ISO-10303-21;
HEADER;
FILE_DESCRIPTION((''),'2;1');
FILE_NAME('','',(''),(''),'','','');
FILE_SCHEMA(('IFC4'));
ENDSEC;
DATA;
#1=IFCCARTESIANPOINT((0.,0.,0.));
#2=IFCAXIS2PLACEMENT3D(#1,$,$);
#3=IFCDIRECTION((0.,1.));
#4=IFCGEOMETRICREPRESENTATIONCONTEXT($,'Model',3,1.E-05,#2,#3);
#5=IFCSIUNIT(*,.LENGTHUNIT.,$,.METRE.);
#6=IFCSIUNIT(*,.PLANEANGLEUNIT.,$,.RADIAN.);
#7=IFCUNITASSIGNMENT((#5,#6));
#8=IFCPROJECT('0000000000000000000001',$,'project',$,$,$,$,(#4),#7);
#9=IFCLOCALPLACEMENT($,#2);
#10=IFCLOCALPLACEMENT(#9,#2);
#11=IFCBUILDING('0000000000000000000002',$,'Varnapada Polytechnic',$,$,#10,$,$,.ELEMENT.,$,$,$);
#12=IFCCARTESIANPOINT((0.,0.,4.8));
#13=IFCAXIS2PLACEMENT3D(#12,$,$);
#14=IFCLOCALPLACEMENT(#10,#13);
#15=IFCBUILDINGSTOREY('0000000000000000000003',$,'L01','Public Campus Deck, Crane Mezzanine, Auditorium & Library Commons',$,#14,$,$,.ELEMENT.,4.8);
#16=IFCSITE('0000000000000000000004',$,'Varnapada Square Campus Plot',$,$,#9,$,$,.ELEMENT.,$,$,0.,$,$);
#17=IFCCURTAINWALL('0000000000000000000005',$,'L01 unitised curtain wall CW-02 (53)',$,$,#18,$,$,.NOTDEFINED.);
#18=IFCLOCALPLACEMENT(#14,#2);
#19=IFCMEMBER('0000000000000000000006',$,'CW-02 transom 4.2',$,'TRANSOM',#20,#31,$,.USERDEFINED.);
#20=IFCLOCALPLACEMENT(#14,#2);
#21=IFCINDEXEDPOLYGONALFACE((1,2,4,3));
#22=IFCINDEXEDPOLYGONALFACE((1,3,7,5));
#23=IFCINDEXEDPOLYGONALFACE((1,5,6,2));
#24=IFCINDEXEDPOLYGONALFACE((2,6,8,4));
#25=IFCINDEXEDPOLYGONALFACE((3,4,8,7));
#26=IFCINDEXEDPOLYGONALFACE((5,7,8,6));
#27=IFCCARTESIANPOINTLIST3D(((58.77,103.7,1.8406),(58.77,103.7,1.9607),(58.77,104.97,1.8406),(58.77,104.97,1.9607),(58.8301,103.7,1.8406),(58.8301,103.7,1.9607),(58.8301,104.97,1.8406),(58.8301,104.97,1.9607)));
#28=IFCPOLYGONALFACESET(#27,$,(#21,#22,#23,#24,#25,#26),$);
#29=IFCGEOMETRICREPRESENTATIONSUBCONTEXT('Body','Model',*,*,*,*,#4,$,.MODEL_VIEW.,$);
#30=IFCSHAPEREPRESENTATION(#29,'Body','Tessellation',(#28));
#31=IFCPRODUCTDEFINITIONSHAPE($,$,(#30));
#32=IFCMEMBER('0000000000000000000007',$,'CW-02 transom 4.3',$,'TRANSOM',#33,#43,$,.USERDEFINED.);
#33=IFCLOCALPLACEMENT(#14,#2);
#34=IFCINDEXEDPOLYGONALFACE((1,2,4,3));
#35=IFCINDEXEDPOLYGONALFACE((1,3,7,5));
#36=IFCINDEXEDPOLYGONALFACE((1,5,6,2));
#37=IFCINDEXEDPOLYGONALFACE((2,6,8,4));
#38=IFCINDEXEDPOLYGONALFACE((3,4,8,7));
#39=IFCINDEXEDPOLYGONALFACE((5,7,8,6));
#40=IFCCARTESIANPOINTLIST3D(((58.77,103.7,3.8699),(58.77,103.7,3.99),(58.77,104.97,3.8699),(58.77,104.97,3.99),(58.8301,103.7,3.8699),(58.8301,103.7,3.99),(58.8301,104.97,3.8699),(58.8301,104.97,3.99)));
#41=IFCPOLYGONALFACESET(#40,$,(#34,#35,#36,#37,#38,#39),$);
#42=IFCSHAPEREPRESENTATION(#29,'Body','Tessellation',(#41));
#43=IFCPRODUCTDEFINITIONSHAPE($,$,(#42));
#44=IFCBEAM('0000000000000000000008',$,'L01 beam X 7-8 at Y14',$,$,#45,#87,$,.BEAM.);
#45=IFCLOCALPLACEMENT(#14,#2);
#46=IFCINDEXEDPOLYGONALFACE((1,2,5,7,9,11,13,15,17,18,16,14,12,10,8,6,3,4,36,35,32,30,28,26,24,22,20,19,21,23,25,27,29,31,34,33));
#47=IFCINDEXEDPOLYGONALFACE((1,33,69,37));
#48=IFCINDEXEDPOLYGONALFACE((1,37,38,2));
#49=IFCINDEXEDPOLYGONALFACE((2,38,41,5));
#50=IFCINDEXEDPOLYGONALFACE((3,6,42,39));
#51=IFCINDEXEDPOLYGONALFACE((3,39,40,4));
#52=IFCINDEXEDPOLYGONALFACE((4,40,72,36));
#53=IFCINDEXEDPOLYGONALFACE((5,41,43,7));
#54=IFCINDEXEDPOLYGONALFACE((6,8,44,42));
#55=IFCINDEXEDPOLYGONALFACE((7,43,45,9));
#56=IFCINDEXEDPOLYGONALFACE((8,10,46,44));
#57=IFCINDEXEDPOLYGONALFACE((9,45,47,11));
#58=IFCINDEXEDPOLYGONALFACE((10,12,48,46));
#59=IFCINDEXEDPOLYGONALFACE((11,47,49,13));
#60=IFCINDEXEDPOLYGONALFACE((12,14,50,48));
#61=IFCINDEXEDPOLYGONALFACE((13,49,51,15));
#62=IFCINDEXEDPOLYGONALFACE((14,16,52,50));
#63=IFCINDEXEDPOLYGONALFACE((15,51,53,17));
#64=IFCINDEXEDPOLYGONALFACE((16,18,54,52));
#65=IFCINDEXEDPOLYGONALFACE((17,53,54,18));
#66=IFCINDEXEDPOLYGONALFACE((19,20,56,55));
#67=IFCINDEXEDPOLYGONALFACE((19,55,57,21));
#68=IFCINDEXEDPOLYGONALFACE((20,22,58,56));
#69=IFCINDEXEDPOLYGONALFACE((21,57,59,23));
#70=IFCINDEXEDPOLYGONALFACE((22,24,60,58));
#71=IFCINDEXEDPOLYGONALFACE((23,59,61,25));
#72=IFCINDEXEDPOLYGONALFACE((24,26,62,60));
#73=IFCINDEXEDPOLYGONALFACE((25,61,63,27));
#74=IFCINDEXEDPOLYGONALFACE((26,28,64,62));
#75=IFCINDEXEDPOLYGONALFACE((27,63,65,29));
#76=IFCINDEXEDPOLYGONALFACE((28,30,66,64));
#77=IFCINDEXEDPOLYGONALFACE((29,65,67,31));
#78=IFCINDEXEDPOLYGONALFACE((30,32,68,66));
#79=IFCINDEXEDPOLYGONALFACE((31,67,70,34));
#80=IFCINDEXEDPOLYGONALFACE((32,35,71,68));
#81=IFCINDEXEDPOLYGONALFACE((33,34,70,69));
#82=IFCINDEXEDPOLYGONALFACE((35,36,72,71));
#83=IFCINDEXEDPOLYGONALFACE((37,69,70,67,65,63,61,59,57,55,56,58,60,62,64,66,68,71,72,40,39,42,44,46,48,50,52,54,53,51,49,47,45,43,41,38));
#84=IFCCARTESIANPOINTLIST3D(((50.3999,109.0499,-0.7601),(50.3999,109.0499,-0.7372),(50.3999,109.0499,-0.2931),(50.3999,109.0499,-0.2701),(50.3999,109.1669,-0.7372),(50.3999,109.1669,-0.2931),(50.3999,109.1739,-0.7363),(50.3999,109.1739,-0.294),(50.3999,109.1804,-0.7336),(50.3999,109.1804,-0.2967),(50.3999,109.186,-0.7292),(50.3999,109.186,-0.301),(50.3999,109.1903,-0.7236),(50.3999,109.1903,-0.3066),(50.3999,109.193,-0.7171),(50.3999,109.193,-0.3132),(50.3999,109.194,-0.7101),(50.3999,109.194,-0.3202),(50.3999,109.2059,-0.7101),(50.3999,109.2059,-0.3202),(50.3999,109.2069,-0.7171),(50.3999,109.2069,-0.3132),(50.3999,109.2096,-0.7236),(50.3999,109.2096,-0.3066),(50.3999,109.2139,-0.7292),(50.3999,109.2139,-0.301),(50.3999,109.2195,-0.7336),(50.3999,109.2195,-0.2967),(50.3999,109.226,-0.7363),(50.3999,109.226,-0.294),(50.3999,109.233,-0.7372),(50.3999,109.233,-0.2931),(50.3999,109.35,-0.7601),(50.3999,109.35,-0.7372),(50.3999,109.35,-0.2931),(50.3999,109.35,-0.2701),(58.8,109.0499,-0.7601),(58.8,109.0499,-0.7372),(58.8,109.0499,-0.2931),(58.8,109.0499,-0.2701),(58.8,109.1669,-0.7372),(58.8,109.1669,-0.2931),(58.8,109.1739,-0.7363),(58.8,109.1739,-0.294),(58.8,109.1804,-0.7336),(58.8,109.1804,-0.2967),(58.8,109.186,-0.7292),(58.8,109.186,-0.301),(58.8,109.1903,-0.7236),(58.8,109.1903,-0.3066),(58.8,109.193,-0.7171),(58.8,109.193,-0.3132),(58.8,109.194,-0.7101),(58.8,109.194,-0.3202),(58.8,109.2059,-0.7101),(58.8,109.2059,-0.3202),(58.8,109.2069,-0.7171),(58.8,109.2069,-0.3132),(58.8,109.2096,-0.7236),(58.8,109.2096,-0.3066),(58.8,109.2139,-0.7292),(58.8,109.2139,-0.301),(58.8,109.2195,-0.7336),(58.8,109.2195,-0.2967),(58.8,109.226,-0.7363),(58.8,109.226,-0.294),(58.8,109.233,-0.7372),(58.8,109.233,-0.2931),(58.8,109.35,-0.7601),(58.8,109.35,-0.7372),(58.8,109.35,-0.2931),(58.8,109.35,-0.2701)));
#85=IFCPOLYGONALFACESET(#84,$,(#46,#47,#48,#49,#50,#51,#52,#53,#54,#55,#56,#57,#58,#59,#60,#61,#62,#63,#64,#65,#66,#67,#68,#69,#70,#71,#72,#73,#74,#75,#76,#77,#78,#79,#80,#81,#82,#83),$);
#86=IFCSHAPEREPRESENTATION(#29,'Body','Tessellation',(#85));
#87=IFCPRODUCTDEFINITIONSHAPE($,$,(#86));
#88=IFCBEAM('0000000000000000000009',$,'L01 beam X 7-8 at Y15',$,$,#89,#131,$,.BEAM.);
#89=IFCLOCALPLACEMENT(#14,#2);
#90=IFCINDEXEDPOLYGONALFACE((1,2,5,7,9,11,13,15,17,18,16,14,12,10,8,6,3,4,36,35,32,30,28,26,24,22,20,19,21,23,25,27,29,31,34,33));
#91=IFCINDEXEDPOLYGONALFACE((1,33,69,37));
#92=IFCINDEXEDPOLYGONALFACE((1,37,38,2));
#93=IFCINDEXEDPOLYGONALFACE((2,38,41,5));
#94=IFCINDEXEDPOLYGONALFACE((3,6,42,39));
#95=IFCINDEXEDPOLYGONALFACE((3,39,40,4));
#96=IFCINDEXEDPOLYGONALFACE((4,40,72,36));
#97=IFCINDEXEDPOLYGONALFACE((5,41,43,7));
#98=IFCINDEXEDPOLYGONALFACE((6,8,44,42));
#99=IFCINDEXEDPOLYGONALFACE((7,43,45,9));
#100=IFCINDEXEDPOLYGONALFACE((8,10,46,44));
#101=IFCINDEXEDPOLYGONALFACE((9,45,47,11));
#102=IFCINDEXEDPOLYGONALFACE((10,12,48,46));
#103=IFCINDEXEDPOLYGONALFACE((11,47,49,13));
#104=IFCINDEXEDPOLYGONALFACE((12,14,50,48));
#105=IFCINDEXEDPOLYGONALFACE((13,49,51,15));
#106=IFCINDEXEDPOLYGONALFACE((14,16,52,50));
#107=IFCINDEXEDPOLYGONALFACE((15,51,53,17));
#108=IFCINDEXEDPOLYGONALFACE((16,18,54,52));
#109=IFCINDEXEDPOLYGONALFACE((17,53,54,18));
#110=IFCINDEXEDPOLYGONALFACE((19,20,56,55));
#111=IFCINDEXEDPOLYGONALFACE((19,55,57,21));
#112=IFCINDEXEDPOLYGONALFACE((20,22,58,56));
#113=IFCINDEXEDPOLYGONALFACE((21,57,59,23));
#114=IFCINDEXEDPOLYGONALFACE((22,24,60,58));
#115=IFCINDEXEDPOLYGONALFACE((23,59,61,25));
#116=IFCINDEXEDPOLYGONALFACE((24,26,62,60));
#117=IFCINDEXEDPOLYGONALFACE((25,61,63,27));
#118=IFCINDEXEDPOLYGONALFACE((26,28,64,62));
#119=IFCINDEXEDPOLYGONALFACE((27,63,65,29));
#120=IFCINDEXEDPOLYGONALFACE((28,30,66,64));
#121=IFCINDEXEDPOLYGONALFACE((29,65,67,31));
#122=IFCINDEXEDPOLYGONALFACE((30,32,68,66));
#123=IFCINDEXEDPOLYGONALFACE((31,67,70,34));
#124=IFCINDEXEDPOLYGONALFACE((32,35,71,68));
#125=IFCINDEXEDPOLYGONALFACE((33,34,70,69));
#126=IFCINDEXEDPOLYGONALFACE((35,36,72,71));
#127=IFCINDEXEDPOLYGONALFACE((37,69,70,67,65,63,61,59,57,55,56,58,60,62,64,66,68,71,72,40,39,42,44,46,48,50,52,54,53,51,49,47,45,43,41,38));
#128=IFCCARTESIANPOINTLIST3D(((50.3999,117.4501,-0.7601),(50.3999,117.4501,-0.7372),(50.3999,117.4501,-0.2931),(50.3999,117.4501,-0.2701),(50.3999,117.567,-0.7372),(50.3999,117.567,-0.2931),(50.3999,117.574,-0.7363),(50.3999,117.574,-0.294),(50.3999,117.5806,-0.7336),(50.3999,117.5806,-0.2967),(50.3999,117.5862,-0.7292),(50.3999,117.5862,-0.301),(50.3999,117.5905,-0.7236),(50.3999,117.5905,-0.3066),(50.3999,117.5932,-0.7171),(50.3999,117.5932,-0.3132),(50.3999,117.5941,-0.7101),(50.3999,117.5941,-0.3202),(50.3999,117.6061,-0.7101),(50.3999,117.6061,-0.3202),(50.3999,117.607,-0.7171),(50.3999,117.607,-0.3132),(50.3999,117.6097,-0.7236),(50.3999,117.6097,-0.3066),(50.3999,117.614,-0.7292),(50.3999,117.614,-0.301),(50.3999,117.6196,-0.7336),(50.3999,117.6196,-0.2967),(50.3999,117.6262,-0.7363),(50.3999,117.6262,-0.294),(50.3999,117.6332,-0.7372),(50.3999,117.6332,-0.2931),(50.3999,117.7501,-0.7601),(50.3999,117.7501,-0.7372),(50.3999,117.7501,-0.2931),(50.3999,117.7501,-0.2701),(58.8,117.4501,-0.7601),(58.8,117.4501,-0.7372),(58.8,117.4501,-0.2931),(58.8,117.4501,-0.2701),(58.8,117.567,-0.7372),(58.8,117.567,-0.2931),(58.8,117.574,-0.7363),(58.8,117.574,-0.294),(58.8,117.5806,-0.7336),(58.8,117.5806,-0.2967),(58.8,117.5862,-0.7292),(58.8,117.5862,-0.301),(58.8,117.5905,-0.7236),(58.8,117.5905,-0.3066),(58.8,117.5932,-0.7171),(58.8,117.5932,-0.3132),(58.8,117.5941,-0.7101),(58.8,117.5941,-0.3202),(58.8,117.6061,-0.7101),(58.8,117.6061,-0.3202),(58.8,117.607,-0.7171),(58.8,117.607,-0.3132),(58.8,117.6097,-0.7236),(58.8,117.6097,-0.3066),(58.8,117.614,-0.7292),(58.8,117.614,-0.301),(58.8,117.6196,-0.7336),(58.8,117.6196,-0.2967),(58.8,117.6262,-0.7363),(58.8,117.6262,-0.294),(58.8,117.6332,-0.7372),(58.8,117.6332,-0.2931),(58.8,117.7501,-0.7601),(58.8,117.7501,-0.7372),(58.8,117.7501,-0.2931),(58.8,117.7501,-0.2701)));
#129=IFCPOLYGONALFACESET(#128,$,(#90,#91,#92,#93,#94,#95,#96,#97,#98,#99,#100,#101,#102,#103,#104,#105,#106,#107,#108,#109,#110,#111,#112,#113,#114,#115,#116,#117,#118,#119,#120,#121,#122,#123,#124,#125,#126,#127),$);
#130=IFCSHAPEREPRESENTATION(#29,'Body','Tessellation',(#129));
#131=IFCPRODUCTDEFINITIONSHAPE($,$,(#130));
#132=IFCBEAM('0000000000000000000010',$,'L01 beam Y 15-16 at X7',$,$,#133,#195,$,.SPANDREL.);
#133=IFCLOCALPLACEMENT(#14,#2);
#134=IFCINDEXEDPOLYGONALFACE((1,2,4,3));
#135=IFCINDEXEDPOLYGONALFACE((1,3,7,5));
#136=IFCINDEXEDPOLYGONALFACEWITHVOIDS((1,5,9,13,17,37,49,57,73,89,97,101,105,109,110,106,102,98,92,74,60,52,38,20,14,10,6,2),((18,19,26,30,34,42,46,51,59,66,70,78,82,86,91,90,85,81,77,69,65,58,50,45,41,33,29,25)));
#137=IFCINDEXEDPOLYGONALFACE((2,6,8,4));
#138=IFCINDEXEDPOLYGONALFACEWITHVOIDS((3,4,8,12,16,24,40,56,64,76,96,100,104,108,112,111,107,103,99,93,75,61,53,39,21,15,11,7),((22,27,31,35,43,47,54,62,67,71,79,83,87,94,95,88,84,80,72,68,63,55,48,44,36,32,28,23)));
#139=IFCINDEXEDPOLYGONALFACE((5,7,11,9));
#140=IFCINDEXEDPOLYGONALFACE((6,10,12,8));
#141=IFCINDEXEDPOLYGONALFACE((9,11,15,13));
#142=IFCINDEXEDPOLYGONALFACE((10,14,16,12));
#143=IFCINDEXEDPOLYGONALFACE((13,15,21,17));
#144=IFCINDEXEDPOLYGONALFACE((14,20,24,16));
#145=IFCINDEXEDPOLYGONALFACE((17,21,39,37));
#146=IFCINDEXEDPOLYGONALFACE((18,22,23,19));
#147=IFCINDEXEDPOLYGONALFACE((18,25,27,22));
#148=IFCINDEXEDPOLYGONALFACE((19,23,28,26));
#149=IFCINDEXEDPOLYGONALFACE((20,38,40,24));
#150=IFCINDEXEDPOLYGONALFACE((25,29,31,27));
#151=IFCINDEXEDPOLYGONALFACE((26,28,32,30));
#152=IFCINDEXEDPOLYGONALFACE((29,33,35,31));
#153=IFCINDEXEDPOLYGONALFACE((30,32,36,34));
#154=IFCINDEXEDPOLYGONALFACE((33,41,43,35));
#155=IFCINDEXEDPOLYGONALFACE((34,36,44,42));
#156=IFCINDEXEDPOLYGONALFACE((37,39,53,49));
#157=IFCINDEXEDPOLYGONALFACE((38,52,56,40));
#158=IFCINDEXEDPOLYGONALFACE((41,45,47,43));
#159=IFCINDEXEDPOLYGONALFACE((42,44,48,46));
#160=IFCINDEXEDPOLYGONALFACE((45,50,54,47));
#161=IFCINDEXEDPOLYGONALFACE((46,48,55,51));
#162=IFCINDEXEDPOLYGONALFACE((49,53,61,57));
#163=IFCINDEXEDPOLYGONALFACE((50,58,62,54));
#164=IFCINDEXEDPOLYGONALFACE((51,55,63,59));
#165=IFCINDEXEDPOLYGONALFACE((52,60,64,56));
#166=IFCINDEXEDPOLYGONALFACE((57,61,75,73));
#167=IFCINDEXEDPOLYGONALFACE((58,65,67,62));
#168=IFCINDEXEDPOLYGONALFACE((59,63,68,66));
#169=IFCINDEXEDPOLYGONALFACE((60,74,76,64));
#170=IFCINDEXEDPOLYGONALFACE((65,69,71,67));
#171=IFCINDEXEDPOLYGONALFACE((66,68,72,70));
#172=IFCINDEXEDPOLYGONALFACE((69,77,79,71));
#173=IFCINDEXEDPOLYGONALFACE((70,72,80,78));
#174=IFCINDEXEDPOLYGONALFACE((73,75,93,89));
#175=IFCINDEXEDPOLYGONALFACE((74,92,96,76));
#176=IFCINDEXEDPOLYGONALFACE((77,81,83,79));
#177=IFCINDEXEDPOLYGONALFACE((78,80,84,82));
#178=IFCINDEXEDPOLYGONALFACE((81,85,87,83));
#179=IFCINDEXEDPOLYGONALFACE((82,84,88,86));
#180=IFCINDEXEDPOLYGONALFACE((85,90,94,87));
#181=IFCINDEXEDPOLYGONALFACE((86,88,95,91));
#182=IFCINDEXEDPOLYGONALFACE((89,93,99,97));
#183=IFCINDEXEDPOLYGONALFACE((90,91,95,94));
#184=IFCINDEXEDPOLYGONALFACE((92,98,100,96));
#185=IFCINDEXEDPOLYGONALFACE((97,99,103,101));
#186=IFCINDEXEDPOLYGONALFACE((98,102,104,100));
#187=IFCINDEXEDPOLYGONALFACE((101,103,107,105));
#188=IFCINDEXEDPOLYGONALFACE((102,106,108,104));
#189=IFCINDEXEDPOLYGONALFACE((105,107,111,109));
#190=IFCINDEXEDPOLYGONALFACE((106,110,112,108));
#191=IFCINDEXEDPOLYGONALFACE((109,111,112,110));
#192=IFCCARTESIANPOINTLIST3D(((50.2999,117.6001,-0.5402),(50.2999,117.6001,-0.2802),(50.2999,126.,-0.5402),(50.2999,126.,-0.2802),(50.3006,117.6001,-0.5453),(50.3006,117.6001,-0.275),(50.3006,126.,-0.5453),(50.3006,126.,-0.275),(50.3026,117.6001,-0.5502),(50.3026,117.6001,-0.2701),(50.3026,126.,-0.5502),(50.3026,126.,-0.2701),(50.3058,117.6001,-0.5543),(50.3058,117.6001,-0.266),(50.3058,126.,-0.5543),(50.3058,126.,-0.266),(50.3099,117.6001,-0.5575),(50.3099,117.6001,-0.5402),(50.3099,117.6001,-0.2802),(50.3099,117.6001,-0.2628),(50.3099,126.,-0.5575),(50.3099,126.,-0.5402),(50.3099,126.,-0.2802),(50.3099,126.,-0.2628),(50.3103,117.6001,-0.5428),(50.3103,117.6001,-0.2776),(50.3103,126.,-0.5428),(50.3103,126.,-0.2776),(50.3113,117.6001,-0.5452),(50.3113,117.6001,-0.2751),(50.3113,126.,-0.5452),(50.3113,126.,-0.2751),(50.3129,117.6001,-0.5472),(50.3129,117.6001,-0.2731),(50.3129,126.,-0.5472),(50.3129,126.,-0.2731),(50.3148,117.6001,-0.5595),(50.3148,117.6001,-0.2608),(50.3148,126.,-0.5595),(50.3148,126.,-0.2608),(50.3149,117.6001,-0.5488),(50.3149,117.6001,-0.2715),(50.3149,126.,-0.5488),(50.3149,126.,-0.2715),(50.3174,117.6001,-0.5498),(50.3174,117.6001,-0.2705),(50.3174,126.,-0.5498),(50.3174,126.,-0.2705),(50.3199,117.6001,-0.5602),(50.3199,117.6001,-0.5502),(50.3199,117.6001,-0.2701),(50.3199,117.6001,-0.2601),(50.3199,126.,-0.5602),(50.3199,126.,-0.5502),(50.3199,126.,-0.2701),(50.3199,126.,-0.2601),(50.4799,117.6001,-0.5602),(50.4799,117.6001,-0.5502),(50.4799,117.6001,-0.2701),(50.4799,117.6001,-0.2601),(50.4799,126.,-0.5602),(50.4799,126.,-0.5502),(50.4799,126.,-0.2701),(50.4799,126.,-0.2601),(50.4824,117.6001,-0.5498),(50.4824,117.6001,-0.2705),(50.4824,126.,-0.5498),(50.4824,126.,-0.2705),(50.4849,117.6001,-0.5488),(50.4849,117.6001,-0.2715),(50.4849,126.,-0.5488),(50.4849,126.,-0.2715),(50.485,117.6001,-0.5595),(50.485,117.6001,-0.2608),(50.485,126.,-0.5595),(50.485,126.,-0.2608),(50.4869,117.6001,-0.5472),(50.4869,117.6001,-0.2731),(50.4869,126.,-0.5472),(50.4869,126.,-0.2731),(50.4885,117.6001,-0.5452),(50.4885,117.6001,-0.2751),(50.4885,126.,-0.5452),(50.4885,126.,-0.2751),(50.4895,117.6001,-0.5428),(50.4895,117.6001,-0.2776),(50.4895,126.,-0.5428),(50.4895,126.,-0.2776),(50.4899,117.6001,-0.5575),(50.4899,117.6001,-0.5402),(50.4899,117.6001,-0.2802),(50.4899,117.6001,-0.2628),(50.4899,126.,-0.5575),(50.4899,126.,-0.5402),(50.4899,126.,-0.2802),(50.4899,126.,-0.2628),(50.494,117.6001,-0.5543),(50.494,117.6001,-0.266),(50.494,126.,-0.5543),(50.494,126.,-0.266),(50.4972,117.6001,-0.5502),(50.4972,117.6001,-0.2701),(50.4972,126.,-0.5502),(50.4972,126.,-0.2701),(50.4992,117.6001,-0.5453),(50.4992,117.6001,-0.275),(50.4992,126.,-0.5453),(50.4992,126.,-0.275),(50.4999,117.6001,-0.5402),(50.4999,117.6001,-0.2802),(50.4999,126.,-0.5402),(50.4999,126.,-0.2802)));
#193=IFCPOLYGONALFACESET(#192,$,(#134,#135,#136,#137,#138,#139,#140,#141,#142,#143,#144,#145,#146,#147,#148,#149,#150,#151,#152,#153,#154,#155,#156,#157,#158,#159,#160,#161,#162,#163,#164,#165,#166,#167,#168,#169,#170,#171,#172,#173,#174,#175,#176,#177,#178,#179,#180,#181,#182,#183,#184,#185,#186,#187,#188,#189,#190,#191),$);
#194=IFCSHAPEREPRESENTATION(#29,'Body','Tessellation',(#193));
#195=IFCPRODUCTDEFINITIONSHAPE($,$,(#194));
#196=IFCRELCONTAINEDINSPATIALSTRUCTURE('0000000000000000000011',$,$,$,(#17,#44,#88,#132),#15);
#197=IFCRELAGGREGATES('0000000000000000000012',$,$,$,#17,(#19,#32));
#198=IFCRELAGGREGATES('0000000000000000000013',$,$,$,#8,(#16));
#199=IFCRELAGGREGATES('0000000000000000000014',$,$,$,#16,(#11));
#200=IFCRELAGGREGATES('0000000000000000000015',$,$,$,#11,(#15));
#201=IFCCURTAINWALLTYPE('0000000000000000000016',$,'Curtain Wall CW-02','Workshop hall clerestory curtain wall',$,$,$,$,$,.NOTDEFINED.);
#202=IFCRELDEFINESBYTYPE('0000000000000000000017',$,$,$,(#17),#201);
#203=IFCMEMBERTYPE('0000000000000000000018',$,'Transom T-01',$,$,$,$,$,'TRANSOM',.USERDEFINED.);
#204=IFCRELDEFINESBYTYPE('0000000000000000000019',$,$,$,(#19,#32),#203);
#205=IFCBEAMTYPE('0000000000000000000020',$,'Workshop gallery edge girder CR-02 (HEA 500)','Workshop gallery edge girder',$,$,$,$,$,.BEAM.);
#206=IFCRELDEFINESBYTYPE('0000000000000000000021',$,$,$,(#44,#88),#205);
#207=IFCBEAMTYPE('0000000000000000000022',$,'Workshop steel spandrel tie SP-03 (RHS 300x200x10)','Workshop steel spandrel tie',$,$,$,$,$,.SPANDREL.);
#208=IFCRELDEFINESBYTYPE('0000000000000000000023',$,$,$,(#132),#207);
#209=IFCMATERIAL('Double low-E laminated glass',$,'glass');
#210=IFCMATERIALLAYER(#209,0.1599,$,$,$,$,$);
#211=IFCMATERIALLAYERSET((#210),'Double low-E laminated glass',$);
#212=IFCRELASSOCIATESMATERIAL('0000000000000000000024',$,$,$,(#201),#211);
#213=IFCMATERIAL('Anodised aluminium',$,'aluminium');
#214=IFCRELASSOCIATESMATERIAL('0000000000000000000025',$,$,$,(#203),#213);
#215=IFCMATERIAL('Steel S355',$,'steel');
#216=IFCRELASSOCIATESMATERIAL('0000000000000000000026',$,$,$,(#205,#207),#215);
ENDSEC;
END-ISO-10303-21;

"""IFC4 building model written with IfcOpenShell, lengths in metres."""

from ifc_helpers import new_model, si_unit, direction, frame, origin, origin_2d, place, context, subcontext, project, spatial, rectangle, hollow_rectangle, i_section, extrude, material, layer, layer_set, material_profile, profile_set, type_object, element, aggregate, save


model = new_model("IFC4")

# Units and contexts
model_context = context("Model", 3, precision=1e-05, world=origin(), true_north=direction((0.0, 1.0)))
body_context = subcontext(model_context, "Body", "Model", "MODEL_VIEW")
ifc_project = project(units=[si_unit("LENGTHUNIT", "METRE"), si_unit("PLANEANGLEUNIT", "RADIAN")], contexts=[model_context])

# Site, building, storey
site_placement = place(None, origin())
site = spatial("IfcSite", under=ifc_project, at=site_placement, Name="Varnapada Square Campus Plot", CompositionType="ELEMENT", RefElevation=0.0)
building_placement = place(site_placement, origin())
building = spatial("IfcBuilding", under=site, at=building_placement, Name="Varnapada Polytechnic", CompositionType="ELEMENT")
storey_placement = place(building_placement, frame((0.0, 0.0, 4.8)))
storey = spatial("IfcBuildingStorey", under=building, at=storey_placement, Name="L01", Description="Public Campus Deck, Crane Mezzanine, Auditorium & Library Commons", CompositionType="ELEMENT", Elevation=4.8)

# Shared definitions
ifc_material_1 = material(Name="Steel S355", Category="steel")

# Curtain wall
ifc_material_2 = material(Name="Double low-E laminated glass", Category="glass")
ifc_layer_1 = layer(ifc_material_2, 0.1599)
ifc_layer_set_1 = layer_set([ifc_layer_1], Name="Double low-E laminated glass")
curtain_wall_type_1 = type_object("IfcCurtainWallType", Name="Curtain Wall CW-02", Description="Workshop hall clerestory curtain wall", PredefinedType="NOTDEFINED", material=ifc_layer_set_1)
curtain_wall_1_placement = place(storey_placement, origin())
curtain_wall_1 = element("IfcCurtainWall", 1, at=curtain_wall_1_placement, inside=storey, type_object=curtain_wall_type_1, Name="L01 unitised curtain wall CW-02 (53)", PredefinedType="NOTDEFINED")
ifc_material_3 = material(Name="Anodised aluminium", Category="aluminium")

# Members
ifc_material_profile_1 = material_profile(ifc_material_3, rectangle(XDim=0.0601, YDim=0.1201, at=origin_2d()), Name="ALU T60x120")
ifc_profile_set_1 = profile_set([ifc_material_profile_1], Name="Anodised aluminium")
member_type_1 = type_object("IfcMemberType", Name="Transom T-01", ElementType="TRANSOM", PredefinedType="USERDEFINED", material=ifc_profile_set_1)
member_1_placement = place(storey_placement, frame((58.8, 104.97, 1.9006), z_axis=(0.0, -1.0, 0.0), x_axis=(1.0, 0.0, 0.0)))
member_1 = element("IfcMember", 2, at=member_1_placement, type_object=member_type_1, Name="CW-02 transom 4.2", ObjectType="TRANSOM", PredefinedType="USERDEFINED", context=body_context, shape_type="SweptSolid", body=[
    extrude(rectangle(XDim=0.0601, YDim=0.1201, at=origin_2d()), origin(), (0.0, 0.0, 1.0), 1.27),
])
member_2_placement = place(storey_placement, frame((58.8, 104.97, 3.9299), z_axis=(0.0, -1.0, 0.0), x_axis=(1.0, 0.0, 0.0)))
member_2 = element("IfcMember", 3, at=member_2_placement, type_object=member_type_1, Name="CW-02 transom 4.3", ObjectType="TRANSOM", PredefinedType="USERDEFINED", context=body_context, shape_type="SweptSolid", body=[
    extrude(rectangle(XDim=0.0601, YDim=0.1201, at=origin_2d()), origin(), (0.0, 0.0, 1.0), 1.27),
])

# Beams
ifc_material_profile_2 = material_profile(ifc_material_1, i_section(OverallWidth=0.3, OverallDepth=0.49, WebThickness=0.012, FlangeThickness=0.0229, FilletRadius=0.0271, at=origin_2d()), Name="HEA 500")
ifc_profile_set_2 = profile_set([ifc_material_profile_2], Name="Steel S355")
beam_type_1 = type_object("IfcBeamType", Name="Workshop gallery edge girder CR-02 (HEA 500)", Description="Workshop gallery edge girder", PredefinedType="BEAM", material=ifc_profile_set_2)
for number, where, z_axis, x_axis, name in (
    (4, (50.3999, 109.2, -0.5151), (1.0, 0.0, 0.0), (0.0, 1.0, 0.0), "L01 beam X 7-8 at Y14"),
    (5, (50.3999, 117.6001, -0.5151), (1.0, 0.0, 0.0), (0.0, 1.0, 0.0), "L01 beam X 7-8 at Y15"),
):
    element("IfcBeam", number, at=place(storey_placement, frame(where, z_axis=z_axis, x_axis=x_axis)), inside=storey, type_object=beam_type_1, Name=name, PredefinedType="BEAM", context=body_context, shape_type="SweptSolid", body=[
        extrude(i_section(OverallWidth=0.3, OverallDepth=0.49, WebThickness=0.012, FlangeThickness=0.0229, FilletRadius=0.0271, at=origin_2d()), origin(), (0.0, 0.0, 1.0), 8.4001),
    ])
ifc_material_profile_3 = material_profile(ifc_material_1, hollow_rectangle(XDim=0.2, YDim=0.3, WallThickness=0.01, InnerFilletRadius=0.01, OuterFilletRadius=0.02, at=origin_2d()), Name="RHS 300x200x10")
ifc_profile_set_3 = profile_set([ifc_material_profile_3], Name="Steel S355")
beam_type_2 = type_object("IfcBeamType", Name="Workshop steel spandrel tie SP-03 (RHS 300x200x10)", Description="Workshop steel spandrel tie", PredefinedType="SPANDREL", material=ifc_profile_set_3)
beam_1_placement = place(storey_placement, frame((50.3999, 117.6001, -0.4102), z_axis=(0.0, 1.0, 0.0), x_axis=(-1.0, 0.0, 0.0)))
element("IfcBeam", 6, at=beam_1_placement, inside=storey, type_object=beam_type_2, Name="L01 beam Y 15-16 at X7", PredefinedType="SPANDREL", context=body_context, shape_type="SweptSolid", body=[
    extrude(hollow_rectangle(XDim=0.2, YDim=0.3, WallThickness=0.01, InnerFilletRadius=0.01, OuterFilletRadius=0.02, at=origin_2d()), origin(), (0.0, 0.0, 1.0), 8.3999),
])

aggregate(curtain_wall_1, [member_1, member_2])

save(model, "model.ifc")
